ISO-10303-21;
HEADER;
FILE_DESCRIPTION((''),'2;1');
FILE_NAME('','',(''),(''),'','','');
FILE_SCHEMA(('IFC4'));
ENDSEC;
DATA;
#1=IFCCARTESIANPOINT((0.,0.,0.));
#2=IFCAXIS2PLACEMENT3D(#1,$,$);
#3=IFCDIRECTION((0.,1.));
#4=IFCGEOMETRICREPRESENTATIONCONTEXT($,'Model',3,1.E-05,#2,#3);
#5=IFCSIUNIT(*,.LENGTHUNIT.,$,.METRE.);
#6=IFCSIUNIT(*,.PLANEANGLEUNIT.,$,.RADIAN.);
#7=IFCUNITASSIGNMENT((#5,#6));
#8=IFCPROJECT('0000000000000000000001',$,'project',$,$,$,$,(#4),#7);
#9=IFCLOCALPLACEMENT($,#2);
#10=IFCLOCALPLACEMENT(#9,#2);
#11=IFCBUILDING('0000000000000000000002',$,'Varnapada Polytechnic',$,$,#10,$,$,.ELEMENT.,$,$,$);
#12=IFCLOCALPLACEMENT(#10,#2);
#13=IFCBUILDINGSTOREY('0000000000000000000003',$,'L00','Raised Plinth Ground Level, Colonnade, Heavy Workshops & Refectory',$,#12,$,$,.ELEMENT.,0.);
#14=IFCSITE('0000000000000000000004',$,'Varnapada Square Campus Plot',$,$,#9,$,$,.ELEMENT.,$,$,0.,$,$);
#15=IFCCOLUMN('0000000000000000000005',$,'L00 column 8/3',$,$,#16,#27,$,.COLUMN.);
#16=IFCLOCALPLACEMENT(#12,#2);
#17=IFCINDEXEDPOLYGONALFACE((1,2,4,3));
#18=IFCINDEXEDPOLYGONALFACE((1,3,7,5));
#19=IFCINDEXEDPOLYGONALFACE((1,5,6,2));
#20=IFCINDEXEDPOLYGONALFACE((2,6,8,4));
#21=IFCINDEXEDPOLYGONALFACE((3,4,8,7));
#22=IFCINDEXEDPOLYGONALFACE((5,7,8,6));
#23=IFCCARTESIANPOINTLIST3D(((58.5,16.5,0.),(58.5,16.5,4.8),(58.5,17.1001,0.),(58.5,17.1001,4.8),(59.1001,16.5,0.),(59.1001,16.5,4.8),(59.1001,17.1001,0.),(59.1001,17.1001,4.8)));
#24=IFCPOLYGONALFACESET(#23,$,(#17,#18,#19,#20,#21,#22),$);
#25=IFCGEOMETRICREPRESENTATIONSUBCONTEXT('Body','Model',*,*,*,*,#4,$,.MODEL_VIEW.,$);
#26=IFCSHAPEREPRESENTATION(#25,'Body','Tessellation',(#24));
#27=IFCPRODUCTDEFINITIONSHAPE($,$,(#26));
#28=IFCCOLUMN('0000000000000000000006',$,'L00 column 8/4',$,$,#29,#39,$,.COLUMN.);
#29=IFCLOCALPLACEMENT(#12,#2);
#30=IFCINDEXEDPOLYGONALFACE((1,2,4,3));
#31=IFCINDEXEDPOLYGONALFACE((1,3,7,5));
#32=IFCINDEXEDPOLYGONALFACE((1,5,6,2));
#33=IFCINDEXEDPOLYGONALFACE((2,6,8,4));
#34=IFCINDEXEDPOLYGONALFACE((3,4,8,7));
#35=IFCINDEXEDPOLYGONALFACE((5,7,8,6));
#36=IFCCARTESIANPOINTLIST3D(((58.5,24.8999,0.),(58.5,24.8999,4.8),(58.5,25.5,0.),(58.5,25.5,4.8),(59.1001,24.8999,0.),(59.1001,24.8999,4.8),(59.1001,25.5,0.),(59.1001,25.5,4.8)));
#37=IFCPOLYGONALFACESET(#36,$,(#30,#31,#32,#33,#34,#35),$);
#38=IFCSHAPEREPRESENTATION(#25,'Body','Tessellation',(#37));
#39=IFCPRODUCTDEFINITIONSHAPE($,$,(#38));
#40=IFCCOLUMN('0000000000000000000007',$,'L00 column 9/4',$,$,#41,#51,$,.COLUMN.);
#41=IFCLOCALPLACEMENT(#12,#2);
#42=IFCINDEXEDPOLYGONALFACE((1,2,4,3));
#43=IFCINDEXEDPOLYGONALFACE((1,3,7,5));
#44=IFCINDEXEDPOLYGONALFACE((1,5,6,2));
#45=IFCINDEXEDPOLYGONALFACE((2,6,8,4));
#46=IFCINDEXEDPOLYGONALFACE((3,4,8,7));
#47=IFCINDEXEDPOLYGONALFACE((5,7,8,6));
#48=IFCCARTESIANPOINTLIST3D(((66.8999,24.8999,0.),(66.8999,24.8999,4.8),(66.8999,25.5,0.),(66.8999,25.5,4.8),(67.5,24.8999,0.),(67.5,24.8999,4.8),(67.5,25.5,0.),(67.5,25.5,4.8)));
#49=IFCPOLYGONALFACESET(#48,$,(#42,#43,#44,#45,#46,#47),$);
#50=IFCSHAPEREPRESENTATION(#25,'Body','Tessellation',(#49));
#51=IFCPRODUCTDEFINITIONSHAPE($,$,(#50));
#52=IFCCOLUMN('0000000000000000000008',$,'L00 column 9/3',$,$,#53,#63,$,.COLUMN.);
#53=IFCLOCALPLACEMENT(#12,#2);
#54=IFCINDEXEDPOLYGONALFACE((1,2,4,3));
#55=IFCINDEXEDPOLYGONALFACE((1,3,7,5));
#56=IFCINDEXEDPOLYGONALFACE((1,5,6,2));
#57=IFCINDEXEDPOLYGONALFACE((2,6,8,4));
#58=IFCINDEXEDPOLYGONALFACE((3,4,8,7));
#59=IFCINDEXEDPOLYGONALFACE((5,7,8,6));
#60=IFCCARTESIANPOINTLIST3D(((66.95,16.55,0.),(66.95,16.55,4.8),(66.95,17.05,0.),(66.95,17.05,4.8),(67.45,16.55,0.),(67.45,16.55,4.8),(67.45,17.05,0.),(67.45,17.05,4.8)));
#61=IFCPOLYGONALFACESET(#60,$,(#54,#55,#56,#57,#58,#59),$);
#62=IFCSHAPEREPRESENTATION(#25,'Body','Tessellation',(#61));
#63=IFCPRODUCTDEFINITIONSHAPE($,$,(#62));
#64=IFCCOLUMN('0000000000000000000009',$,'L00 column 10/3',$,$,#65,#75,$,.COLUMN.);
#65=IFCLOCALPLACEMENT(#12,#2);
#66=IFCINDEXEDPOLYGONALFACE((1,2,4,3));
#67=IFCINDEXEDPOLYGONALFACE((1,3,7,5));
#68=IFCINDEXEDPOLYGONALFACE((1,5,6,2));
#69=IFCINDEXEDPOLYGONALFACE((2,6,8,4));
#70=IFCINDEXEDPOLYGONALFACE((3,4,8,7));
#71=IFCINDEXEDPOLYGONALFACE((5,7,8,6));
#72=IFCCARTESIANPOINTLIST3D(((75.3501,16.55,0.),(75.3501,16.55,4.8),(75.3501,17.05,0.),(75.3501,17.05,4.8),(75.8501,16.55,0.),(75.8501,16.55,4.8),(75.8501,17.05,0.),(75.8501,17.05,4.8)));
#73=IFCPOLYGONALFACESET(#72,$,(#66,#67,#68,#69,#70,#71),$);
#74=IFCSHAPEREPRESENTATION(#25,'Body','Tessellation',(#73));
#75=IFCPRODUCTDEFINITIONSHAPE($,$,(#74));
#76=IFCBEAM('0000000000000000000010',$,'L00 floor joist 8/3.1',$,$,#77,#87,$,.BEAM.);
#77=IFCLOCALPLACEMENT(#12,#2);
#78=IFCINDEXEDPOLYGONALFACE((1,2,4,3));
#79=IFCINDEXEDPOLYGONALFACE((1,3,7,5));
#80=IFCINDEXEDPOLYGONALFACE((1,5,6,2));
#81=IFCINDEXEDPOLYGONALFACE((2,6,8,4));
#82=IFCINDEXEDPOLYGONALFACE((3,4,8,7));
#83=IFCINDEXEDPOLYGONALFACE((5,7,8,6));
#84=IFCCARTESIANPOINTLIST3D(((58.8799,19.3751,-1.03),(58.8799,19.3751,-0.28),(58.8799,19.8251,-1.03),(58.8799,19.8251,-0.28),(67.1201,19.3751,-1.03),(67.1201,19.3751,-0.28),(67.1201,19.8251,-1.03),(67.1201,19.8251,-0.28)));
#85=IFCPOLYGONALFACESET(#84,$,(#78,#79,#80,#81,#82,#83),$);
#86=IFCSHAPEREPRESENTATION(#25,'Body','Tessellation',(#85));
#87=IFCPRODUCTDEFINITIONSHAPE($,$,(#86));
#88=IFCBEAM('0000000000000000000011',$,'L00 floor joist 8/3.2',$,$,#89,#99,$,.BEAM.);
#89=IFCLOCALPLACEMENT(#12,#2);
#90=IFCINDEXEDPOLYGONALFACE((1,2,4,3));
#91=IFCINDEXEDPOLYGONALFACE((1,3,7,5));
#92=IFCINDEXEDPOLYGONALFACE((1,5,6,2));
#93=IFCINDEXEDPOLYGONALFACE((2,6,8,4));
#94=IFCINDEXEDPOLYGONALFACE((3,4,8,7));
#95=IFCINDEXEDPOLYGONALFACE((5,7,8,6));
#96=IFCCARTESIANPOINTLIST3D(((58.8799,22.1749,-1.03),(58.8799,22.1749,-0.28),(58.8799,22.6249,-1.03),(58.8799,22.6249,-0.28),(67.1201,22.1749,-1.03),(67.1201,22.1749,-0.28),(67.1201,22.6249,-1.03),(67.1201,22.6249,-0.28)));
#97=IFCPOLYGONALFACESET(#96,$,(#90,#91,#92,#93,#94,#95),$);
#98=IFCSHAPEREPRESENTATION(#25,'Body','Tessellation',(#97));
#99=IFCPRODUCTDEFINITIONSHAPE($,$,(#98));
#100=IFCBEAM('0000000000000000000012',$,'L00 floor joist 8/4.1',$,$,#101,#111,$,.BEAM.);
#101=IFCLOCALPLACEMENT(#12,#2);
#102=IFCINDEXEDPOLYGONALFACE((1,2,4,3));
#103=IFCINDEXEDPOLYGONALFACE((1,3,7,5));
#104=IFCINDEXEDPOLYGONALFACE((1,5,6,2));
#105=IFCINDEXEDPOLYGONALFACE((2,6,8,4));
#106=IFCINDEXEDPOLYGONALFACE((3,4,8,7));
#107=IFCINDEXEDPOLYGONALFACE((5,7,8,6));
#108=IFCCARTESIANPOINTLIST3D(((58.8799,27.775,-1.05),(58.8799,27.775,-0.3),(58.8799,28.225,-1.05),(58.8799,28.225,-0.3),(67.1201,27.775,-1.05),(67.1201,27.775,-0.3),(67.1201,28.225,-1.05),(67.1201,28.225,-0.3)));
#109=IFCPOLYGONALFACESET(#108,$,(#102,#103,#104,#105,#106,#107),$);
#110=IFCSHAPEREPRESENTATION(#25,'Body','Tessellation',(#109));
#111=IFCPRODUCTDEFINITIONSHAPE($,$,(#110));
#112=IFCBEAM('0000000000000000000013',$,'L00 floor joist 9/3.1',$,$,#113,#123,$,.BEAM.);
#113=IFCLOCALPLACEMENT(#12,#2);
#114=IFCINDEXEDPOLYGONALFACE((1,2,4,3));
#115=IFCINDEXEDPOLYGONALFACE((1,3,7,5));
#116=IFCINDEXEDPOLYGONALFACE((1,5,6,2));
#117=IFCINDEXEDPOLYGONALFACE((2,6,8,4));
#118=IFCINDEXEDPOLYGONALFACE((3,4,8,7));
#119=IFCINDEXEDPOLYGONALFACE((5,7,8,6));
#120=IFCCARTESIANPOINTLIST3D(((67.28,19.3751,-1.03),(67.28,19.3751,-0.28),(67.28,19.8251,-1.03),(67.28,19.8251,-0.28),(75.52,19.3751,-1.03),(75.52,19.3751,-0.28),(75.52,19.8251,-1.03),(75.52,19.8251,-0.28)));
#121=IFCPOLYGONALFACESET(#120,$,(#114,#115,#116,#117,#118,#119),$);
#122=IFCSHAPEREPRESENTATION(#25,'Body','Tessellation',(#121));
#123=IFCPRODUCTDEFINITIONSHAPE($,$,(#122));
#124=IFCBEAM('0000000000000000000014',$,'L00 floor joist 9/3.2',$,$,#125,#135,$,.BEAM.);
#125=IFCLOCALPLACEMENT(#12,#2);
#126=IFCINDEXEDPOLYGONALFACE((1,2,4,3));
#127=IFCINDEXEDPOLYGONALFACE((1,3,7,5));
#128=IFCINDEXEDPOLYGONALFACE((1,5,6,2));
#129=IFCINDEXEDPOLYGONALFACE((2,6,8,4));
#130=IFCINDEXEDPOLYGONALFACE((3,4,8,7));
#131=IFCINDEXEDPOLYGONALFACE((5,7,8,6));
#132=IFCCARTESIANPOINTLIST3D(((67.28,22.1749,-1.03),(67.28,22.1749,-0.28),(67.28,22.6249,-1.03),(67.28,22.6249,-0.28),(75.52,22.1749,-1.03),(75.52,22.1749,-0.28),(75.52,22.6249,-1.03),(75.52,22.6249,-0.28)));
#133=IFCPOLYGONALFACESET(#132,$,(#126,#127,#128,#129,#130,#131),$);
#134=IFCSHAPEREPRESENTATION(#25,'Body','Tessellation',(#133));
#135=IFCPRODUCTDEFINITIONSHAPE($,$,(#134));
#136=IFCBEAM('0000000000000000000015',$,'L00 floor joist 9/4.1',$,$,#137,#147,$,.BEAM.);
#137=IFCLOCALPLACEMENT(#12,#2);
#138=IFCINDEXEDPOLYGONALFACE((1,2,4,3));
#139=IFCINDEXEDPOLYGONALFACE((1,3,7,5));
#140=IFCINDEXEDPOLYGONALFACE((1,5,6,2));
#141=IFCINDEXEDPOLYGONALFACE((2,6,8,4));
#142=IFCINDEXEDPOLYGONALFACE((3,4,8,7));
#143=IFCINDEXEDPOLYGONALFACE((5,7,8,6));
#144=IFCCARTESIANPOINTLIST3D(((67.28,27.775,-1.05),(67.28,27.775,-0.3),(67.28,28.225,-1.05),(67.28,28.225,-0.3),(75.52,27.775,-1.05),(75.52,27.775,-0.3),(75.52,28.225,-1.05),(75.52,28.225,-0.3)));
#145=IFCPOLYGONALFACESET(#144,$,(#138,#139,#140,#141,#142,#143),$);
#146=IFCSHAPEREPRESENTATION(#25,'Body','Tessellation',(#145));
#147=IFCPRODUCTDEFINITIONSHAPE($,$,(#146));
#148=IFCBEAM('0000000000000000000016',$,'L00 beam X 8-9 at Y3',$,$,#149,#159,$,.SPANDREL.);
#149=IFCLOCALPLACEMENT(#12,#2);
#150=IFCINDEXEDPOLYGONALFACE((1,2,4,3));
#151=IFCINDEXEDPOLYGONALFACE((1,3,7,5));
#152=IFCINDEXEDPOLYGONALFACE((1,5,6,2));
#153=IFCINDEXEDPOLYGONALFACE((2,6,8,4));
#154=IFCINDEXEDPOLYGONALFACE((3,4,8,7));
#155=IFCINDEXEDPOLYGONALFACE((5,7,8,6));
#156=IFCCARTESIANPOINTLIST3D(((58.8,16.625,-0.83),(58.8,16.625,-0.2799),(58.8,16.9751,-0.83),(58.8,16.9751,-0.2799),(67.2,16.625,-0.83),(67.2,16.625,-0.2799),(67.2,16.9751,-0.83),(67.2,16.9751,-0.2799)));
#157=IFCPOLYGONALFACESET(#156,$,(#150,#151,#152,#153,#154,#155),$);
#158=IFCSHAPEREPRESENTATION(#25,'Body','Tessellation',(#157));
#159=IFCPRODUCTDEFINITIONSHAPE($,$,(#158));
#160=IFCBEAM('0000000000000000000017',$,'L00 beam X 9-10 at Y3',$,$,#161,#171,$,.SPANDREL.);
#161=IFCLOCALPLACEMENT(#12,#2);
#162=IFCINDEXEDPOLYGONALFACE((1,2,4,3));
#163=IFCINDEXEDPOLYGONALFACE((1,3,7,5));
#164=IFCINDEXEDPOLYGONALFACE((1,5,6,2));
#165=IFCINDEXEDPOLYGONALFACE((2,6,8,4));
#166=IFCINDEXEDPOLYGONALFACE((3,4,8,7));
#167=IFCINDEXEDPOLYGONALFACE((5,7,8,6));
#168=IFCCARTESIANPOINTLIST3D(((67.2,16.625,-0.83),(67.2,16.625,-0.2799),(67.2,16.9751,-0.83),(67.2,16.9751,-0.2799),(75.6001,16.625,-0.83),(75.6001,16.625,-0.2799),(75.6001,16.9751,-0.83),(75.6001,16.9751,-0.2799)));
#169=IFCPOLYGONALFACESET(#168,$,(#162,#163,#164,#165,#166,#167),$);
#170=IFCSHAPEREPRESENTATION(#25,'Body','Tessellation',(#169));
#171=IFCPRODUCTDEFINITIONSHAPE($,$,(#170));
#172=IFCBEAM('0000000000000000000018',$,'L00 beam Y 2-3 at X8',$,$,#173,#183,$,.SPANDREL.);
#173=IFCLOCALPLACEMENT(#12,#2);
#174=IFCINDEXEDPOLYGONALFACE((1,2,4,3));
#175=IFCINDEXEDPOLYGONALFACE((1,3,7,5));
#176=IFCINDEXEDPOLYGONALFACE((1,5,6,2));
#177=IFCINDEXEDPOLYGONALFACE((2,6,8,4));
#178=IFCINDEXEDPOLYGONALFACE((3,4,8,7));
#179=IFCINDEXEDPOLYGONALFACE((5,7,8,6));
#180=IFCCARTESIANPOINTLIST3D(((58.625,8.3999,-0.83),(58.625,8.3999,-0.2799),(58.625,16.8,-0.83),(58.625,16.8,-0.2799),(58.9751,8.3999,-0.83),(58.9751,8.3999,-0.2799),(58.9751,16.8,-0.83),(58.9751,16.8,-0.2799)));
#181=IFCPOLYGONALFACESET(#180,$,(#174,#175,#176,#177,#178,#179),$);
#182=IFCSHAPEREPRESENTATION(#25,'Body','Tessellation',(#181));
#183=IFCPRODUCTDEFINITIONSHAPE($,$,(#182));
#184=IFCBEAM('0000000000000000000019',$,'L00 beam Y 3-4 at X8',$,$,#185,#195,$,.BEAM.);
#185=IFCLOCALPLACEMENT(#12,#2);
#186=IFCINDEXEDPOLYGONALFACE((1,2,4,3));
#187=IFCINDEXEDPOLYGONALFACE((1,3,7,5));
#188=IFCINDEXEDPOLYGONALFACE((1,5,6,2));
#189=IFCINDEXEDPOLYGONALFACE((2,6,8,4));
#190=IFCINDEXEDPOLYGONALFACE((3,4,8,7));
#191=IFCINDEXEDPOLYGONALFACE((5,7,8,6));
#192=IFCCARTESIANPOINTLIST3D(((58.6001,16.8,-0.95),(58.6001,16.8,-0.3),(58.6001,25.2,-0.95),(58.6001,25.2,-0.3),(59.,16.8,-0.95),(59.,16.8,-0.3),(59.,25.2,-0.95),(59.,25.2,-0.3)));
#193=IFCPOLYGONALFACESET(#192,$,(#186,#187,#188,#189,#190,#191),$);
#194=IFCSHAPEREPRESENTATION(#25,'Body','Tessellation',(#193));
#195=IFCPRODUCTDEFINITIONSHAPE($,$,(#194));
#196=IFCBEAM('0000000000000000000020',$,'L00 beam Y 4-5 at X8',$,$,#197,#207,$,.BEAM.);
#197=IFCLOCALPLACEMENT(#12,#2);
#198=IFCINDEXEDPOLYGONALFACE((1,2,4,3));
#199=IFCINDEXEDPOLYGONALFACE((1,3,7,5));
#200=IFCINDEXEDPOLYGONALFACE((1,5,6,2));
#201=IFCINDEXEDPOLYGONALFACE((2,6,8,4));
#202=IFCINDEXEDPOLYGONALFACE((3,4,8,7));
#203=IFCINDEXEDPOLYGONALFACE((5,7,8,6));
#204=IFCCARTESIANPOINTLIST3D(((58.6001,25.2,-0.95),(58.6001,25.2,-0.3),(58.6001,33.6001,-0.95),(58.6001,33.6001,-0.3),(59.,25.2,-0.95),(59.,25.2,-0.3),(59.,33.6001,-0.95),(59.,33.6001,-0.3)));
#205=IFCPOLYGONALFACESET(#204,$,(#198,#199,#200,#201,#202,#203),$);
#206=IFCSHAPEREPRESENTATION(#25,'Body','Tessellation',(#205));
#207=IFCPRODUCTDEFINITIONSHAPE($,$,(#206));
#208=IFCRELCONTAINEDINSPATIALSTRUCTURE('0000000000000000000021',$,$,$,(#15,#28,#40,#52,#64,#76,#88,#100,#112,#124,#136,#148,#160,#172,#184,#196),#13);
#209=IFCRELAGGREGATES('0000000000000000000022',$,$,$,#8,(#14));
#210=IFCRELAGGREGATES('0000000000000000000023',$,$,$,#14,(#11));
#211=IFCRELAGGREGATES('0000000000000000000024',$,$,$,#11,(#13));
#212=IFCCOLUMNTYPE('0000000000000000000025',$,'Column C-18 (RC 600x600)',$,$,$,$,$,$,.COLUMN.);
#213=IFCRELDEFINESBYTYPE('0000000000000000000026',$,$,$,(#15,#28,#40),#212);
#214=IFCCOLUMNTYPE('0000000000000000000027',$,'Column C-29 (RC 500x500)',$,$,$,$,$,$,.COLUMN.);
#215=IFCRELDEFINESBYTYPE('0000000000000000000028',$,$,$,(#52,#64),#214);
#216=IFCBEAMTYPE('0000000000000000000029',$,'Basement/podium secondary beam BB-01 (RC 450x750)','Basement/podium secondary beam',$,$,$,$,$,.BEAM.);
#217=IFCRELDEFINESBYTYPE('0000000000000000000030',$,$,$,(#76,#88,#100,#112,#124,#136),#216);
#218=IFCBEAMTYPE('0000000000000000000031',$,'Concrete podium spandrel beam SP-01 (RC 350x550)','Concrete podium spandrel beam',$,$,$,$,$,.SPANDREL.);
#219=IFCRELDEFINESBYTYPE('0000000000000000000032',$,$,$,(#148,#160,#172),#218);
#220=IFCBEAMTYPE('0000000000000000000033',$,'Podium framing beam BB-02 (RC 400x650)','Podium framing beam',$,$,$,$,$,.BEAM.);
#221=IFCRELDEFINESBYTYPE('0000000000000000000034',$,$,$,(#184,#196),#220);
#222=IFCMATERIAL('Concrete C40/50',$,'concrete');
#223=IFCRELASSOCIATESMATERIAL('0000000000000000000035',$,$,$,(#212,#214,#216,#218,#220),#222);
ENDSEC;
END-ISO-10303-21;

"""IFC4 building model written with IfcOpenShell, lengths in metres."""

from ifc_helpers import new_model, si_unit, direction, frame, origin, origin_2d, place, context, subcontext, project, spatial, rectangle, extrude, material, material_profile, profile_set, type_object, element, save


model = new_model("IFC4")

# Units and contexts
model_context = context("Model", 3, precision=1e-05, world=origin(), true_north=direction((0.0, 1.0)))
body_context = subcontext(model_context, "Body", "Model", "MODEL_VIEW")
ifc_project = project(units=[si_unit("LENGTHUNIT", "METRE"), si_unit("PLANEANGLEUNIT", "RADIAN")], contexts=[model_context])

# Site, building, storey
site_placement = place(None, origin())
site = spatial("IfcSite", under=ifc_project, at=site_placement, Name="Varnapada Square Campus Plot", CompositionType="ELEMENT", RefElevation=0.0)
building_placement = place(site_placement, origin())
building = spatial("IfcBuilding", under=site, at=building_placement, Name="Varnapada Polytechnic", CompositionType="ELEMENT")
storey_placement = place(building_placement, origin())
storey = spatial("IfcBuildingStorey", under=building, at=storey_placement, Name="L00", Description="Raised Plinth Ground Level, Colonnade, Heavy Workshops & Refectory", CompositionType="ELEMENT", Elevation=0.0)

# Columns
ifc_material_1 = material(Name="Concrete C40/50", Category="concrete")
ifc_material_profile_1 = material_profile(ifc_material_1, rectangle(XDim=0.6001, YDim=0.6001, at=origin_2d()), Name="RC 600x600")
ifc_profile_set_1 = profile_set([ifc_material_profile_1], Name="Concrete C40/50")
column_type_1 = type_object("IfcColumnType", Name="Column C-18 (RC 600x600)", PredefinedType="COLUMN", material=ifc_profile_set_1)
for number, where, z_axis, x_axis, name in (
    (1, (58.8, 16.8, 0.0), (0.0, 0.0, 1.0), (1.0, 0.0, 0.0), "L00 column 8/3"),
    (2, (58.8, 25.2, 0.0), (0.0, 0.0, 1.0), (1.0, 0.0, 0.0), "L00 column 8/4"),
    (3, (67.2, 25.2, 0.0), (0.0, 0.0, 1.0), (1.0, 0.0, 0.0), "L00 column 9/4"),
):
    element("IfcColumn", number, at=place(storey_placement, frame(where, z_axis=z_axis, x_axis=x_axis)), inside=storey, type_object=column_type_1, Name=name, PredefinedType="COLUMN", context=body_context, shape_type="SweptSolid", body=[
        extrude(rectangle(XDim=0.6001, YDim=0.6001, at=origin_2d()), origin(), (0.0, 0.0, 1.0), 4.8),
    ])
ifc_material_profile_2 = material_profile(ifc_material_1, rectangle(XDim=0.5, YDim=0.5, at=origin_2d()), Name="RC 500x500")
ifc_profile_set_2 = profile_set([ifc_material_profile_2], Name="Concrete C40/50")
column_type_2 = type_object("IfcColumnType", Name="Column C-29 (RC 500x500)", PredefinedType="COLUMN", material=ifc_profile_set_2)
for number, where, z_axis, x_axis, name in (
    (4, (67.2, 16.8, 0.0), (0.0, 0.0, 1.0), (1.0, 0.0, 0.0), "L00 column 9/3"),
    (5, (75.6001, 16.8, 0.0), (0.0, 0.0, 1.0), (1.0, 0.0, 0.0), "L00 column 10/3"),
):
    element("IfcColumn", number, at=place(storey_placement, frame(where, z_axis=z_axis, x_axis=x_axis)), inside=storey, type_object=column_type_2, Name=name, PredefinedType="COLUMN", context=body_context, shape_type="SweptSolid", body=[
        extrude(rectangle(XDim=0.5, YDim=0.5, at=origin_2d()), origin(), (0.0, 0.0, 1.0), 4.8),
    ])

# Beams
ifc_material_profile_3 = material_profile(ifc_material_1, rectangle(XDim=0.45, YDim=0.75, at=origin_2d()), Name="RC 450x750")
ifc_profile_set_3 = profile_set([ifc_material_profile_3], Name="Concrete C40/50")
beam_type_1 = type_object("IfcBeamType", Name="Basement/podium secondary beam BB-01 (RC 450x750)", Description="Basement/podium secondary beam", PredefinedType="BEAM", material=ifc_profile_set_3)
for number, where, z_axis, x_axis, name in (
    (6, (58.8799, 19.6001, -0.655), (1.0, 0.0, 0.0), (0.0, 1.0, 0.0), "L00 floor joist 8/3.1"),
    (7, (58.8799, 22.3999, -0.655), (1.0, 0.0, 0.0), (0.0, 1.0, 0.0), "L00 floor joist 8/3.2"),
    (8, (58.8799, 28.0, -0.675), (1.0, 0.0, 0.0), (0.0, 1.0, 0.0), "L00 floor joist 8/4.1"),
):
    element("IfcBeam", number, at=place(storey_placement, frame(where, z_axis=z_axis, x_axis=x_axis)), inside=storey, type_object=beam_type_1, Name=name, PredefinedType="BEAM", context=body_context, shape_type="SweptSolid", body=[
        extrude(rectangle(XDim=0.45, YDim=0.75, at=origin_2d()), origin(), (0.0, 0.0, 1.0), 8.2402),
    ])
for number, where, z_axis, x_axis, name in (
    (9, (67.28, 19.6001, -0.655), (1.0, 0.0, 0.0), (0.0, 1.0, 0.0), "L00 floor joist 9/3.1"),
    (10, (67.28, 22.3999, -0.655), (1.0, 0.0, 0.0), (0.0, 1.0, 0.0), "L00 floor joist 9/3.2"),
    (11, (67.28, 28.0, -0.675), (1.0, 0.0, 0.0), (0.0, 1.0, 0.0), "L00 floor joist 9/4.1"),
):
    element("IfcBeam", number, at=place(storey_placement, frame(where, z_axis=z_axis, x_axis=x_axis)), inside=storey, type_object=beam_type_1, Name=name, PredefinedType="BEAM", context=body_context, shape_type="SweptSolid", body=[
        extrude(rectangle(XDim=0.45, YDim=0.75, at=origin_2d()), origin(), (0.0, 0.0, 1.0), 8.24),
    ])
ifc_material_profile_4 = material_profile(ifc_material_1, rectangle(XDim=0.3501, YDim=0.55, at=origin_2d()), Name="RC 350x550")
ifc_profile_set_4 = profile_set([ifc_material_profile_4], Name="Concrete C40/50")
beam_type_2 = type_object("IfcBeamType", Name="Concrete podium spandrel beam SP-01 (RC 350x550)", Description="Concrete podium spandrel beam", PredefinedType="SPANDREL", material=ifc_profile_set_4)
beam_1_placement = place(storey_placement, frame((58.8, 16.8, -0.5549), z_axis=(1.0, 0.0, 0.0), x_axis=(0.0, 1.0, 0.0)))
element("IfcBeam", 12, at=beam_1_placement, inside=storey, type_object=beam_type_2, Name="L00 beam X 8-9 at Y3", PredefinedType="SPANDREL", context=body_context, shape_type="SweptSolid", body=[
    extrude(rectangle(XDim=0.3501, YDim=0.55, at=origin_2d()), origin(), (0.0, 0.0, 1.0), 8.3999),
])
for number, where, z_axis, x_axis, name in (
    (13, (67.2, 16.8, -0.5549), (1.0, 0.0, 0.0), (0.0, 1.0, 0.0), "L00 beam X 9-10 at Y3"),
    (14, (58.8, 8.3999, -0.5549), (0.0, 1.0, 0.0), (-1.0, 0.0, 0.0), "L00 beam Y 2-3 at X8"),
):
    element("IfcBeam", number, at=place(storey_placement, frame(where, z_axis=z_axis, x_axis=x_axis)), inside=storey, type_object=beam_type_2, Name=name, PredefinedType="SPANDREL", context=body_context, shape_type="SweptSolid", body=[
        extrude(rectangle(XDim=0.3501, YDim=0.55, at=origin_2d()), origin(), (0.0, 0.0, 1.0), 8.4001),
    ])
ifc_material_profile_5 = material_profile(ifc_material_1, rectangle(XDim=0.3999, YDim=0.6499, at=origin_2d()), Name="RC 400x650")
ifc_profile_set_5 = profile_set([ifc_material_profile_5], Name="Concrete C40/50")
beam_type_3 = type_object("IfcBeamType", Name="Podium framing beam BB-02 (RC 400x650)", Description="Podium framing beam", PredefinedType="BEAM", material=ifc_profile_set_5)
beam_2_placement = place(storey_placement, frame((58.8, 16.8, -0.625), z_axis=(0.0, 1.0, 0.0), x_axis=(-1.0, 0.0, 0.0)))
element("IfcBeam", 15, at=beam_2_placement, inside=storey, type_object=beam_type_3, Name="L00 beam Y 3-4 at X8", PredefinedType="BEAM", context=body_context, shape_type="SweptSolid", body=[
    extrude(rectangle(XDim=0.3999, YDim=0.6499, at=origin_2d()), origin(), (0.0, 0.0, 1.0), 8.3999),
])
beam_3_placement = place(storey_placement, frame((58.8, 25.2, -0.625), z_axis=(0.0, 1.0, 0.0), x_axis=(-1.0, 0.0, 0.0)))
element("IfcBeam", 16, at=beam_3_placement, inside=storey, type_object=beam_type_3, Name="L00 beam Y 4-5 at X8", PredefinedType="BEAM", context=body_context, shape_type="SweptSolid", body=[
    extrude(rectangle(XDim=0.3999, YDim=0.6499, at=origin_2d()), origin(), (0.0, 0.0, 1.0), 8.4001),
])

save(model, "model.ifc")
